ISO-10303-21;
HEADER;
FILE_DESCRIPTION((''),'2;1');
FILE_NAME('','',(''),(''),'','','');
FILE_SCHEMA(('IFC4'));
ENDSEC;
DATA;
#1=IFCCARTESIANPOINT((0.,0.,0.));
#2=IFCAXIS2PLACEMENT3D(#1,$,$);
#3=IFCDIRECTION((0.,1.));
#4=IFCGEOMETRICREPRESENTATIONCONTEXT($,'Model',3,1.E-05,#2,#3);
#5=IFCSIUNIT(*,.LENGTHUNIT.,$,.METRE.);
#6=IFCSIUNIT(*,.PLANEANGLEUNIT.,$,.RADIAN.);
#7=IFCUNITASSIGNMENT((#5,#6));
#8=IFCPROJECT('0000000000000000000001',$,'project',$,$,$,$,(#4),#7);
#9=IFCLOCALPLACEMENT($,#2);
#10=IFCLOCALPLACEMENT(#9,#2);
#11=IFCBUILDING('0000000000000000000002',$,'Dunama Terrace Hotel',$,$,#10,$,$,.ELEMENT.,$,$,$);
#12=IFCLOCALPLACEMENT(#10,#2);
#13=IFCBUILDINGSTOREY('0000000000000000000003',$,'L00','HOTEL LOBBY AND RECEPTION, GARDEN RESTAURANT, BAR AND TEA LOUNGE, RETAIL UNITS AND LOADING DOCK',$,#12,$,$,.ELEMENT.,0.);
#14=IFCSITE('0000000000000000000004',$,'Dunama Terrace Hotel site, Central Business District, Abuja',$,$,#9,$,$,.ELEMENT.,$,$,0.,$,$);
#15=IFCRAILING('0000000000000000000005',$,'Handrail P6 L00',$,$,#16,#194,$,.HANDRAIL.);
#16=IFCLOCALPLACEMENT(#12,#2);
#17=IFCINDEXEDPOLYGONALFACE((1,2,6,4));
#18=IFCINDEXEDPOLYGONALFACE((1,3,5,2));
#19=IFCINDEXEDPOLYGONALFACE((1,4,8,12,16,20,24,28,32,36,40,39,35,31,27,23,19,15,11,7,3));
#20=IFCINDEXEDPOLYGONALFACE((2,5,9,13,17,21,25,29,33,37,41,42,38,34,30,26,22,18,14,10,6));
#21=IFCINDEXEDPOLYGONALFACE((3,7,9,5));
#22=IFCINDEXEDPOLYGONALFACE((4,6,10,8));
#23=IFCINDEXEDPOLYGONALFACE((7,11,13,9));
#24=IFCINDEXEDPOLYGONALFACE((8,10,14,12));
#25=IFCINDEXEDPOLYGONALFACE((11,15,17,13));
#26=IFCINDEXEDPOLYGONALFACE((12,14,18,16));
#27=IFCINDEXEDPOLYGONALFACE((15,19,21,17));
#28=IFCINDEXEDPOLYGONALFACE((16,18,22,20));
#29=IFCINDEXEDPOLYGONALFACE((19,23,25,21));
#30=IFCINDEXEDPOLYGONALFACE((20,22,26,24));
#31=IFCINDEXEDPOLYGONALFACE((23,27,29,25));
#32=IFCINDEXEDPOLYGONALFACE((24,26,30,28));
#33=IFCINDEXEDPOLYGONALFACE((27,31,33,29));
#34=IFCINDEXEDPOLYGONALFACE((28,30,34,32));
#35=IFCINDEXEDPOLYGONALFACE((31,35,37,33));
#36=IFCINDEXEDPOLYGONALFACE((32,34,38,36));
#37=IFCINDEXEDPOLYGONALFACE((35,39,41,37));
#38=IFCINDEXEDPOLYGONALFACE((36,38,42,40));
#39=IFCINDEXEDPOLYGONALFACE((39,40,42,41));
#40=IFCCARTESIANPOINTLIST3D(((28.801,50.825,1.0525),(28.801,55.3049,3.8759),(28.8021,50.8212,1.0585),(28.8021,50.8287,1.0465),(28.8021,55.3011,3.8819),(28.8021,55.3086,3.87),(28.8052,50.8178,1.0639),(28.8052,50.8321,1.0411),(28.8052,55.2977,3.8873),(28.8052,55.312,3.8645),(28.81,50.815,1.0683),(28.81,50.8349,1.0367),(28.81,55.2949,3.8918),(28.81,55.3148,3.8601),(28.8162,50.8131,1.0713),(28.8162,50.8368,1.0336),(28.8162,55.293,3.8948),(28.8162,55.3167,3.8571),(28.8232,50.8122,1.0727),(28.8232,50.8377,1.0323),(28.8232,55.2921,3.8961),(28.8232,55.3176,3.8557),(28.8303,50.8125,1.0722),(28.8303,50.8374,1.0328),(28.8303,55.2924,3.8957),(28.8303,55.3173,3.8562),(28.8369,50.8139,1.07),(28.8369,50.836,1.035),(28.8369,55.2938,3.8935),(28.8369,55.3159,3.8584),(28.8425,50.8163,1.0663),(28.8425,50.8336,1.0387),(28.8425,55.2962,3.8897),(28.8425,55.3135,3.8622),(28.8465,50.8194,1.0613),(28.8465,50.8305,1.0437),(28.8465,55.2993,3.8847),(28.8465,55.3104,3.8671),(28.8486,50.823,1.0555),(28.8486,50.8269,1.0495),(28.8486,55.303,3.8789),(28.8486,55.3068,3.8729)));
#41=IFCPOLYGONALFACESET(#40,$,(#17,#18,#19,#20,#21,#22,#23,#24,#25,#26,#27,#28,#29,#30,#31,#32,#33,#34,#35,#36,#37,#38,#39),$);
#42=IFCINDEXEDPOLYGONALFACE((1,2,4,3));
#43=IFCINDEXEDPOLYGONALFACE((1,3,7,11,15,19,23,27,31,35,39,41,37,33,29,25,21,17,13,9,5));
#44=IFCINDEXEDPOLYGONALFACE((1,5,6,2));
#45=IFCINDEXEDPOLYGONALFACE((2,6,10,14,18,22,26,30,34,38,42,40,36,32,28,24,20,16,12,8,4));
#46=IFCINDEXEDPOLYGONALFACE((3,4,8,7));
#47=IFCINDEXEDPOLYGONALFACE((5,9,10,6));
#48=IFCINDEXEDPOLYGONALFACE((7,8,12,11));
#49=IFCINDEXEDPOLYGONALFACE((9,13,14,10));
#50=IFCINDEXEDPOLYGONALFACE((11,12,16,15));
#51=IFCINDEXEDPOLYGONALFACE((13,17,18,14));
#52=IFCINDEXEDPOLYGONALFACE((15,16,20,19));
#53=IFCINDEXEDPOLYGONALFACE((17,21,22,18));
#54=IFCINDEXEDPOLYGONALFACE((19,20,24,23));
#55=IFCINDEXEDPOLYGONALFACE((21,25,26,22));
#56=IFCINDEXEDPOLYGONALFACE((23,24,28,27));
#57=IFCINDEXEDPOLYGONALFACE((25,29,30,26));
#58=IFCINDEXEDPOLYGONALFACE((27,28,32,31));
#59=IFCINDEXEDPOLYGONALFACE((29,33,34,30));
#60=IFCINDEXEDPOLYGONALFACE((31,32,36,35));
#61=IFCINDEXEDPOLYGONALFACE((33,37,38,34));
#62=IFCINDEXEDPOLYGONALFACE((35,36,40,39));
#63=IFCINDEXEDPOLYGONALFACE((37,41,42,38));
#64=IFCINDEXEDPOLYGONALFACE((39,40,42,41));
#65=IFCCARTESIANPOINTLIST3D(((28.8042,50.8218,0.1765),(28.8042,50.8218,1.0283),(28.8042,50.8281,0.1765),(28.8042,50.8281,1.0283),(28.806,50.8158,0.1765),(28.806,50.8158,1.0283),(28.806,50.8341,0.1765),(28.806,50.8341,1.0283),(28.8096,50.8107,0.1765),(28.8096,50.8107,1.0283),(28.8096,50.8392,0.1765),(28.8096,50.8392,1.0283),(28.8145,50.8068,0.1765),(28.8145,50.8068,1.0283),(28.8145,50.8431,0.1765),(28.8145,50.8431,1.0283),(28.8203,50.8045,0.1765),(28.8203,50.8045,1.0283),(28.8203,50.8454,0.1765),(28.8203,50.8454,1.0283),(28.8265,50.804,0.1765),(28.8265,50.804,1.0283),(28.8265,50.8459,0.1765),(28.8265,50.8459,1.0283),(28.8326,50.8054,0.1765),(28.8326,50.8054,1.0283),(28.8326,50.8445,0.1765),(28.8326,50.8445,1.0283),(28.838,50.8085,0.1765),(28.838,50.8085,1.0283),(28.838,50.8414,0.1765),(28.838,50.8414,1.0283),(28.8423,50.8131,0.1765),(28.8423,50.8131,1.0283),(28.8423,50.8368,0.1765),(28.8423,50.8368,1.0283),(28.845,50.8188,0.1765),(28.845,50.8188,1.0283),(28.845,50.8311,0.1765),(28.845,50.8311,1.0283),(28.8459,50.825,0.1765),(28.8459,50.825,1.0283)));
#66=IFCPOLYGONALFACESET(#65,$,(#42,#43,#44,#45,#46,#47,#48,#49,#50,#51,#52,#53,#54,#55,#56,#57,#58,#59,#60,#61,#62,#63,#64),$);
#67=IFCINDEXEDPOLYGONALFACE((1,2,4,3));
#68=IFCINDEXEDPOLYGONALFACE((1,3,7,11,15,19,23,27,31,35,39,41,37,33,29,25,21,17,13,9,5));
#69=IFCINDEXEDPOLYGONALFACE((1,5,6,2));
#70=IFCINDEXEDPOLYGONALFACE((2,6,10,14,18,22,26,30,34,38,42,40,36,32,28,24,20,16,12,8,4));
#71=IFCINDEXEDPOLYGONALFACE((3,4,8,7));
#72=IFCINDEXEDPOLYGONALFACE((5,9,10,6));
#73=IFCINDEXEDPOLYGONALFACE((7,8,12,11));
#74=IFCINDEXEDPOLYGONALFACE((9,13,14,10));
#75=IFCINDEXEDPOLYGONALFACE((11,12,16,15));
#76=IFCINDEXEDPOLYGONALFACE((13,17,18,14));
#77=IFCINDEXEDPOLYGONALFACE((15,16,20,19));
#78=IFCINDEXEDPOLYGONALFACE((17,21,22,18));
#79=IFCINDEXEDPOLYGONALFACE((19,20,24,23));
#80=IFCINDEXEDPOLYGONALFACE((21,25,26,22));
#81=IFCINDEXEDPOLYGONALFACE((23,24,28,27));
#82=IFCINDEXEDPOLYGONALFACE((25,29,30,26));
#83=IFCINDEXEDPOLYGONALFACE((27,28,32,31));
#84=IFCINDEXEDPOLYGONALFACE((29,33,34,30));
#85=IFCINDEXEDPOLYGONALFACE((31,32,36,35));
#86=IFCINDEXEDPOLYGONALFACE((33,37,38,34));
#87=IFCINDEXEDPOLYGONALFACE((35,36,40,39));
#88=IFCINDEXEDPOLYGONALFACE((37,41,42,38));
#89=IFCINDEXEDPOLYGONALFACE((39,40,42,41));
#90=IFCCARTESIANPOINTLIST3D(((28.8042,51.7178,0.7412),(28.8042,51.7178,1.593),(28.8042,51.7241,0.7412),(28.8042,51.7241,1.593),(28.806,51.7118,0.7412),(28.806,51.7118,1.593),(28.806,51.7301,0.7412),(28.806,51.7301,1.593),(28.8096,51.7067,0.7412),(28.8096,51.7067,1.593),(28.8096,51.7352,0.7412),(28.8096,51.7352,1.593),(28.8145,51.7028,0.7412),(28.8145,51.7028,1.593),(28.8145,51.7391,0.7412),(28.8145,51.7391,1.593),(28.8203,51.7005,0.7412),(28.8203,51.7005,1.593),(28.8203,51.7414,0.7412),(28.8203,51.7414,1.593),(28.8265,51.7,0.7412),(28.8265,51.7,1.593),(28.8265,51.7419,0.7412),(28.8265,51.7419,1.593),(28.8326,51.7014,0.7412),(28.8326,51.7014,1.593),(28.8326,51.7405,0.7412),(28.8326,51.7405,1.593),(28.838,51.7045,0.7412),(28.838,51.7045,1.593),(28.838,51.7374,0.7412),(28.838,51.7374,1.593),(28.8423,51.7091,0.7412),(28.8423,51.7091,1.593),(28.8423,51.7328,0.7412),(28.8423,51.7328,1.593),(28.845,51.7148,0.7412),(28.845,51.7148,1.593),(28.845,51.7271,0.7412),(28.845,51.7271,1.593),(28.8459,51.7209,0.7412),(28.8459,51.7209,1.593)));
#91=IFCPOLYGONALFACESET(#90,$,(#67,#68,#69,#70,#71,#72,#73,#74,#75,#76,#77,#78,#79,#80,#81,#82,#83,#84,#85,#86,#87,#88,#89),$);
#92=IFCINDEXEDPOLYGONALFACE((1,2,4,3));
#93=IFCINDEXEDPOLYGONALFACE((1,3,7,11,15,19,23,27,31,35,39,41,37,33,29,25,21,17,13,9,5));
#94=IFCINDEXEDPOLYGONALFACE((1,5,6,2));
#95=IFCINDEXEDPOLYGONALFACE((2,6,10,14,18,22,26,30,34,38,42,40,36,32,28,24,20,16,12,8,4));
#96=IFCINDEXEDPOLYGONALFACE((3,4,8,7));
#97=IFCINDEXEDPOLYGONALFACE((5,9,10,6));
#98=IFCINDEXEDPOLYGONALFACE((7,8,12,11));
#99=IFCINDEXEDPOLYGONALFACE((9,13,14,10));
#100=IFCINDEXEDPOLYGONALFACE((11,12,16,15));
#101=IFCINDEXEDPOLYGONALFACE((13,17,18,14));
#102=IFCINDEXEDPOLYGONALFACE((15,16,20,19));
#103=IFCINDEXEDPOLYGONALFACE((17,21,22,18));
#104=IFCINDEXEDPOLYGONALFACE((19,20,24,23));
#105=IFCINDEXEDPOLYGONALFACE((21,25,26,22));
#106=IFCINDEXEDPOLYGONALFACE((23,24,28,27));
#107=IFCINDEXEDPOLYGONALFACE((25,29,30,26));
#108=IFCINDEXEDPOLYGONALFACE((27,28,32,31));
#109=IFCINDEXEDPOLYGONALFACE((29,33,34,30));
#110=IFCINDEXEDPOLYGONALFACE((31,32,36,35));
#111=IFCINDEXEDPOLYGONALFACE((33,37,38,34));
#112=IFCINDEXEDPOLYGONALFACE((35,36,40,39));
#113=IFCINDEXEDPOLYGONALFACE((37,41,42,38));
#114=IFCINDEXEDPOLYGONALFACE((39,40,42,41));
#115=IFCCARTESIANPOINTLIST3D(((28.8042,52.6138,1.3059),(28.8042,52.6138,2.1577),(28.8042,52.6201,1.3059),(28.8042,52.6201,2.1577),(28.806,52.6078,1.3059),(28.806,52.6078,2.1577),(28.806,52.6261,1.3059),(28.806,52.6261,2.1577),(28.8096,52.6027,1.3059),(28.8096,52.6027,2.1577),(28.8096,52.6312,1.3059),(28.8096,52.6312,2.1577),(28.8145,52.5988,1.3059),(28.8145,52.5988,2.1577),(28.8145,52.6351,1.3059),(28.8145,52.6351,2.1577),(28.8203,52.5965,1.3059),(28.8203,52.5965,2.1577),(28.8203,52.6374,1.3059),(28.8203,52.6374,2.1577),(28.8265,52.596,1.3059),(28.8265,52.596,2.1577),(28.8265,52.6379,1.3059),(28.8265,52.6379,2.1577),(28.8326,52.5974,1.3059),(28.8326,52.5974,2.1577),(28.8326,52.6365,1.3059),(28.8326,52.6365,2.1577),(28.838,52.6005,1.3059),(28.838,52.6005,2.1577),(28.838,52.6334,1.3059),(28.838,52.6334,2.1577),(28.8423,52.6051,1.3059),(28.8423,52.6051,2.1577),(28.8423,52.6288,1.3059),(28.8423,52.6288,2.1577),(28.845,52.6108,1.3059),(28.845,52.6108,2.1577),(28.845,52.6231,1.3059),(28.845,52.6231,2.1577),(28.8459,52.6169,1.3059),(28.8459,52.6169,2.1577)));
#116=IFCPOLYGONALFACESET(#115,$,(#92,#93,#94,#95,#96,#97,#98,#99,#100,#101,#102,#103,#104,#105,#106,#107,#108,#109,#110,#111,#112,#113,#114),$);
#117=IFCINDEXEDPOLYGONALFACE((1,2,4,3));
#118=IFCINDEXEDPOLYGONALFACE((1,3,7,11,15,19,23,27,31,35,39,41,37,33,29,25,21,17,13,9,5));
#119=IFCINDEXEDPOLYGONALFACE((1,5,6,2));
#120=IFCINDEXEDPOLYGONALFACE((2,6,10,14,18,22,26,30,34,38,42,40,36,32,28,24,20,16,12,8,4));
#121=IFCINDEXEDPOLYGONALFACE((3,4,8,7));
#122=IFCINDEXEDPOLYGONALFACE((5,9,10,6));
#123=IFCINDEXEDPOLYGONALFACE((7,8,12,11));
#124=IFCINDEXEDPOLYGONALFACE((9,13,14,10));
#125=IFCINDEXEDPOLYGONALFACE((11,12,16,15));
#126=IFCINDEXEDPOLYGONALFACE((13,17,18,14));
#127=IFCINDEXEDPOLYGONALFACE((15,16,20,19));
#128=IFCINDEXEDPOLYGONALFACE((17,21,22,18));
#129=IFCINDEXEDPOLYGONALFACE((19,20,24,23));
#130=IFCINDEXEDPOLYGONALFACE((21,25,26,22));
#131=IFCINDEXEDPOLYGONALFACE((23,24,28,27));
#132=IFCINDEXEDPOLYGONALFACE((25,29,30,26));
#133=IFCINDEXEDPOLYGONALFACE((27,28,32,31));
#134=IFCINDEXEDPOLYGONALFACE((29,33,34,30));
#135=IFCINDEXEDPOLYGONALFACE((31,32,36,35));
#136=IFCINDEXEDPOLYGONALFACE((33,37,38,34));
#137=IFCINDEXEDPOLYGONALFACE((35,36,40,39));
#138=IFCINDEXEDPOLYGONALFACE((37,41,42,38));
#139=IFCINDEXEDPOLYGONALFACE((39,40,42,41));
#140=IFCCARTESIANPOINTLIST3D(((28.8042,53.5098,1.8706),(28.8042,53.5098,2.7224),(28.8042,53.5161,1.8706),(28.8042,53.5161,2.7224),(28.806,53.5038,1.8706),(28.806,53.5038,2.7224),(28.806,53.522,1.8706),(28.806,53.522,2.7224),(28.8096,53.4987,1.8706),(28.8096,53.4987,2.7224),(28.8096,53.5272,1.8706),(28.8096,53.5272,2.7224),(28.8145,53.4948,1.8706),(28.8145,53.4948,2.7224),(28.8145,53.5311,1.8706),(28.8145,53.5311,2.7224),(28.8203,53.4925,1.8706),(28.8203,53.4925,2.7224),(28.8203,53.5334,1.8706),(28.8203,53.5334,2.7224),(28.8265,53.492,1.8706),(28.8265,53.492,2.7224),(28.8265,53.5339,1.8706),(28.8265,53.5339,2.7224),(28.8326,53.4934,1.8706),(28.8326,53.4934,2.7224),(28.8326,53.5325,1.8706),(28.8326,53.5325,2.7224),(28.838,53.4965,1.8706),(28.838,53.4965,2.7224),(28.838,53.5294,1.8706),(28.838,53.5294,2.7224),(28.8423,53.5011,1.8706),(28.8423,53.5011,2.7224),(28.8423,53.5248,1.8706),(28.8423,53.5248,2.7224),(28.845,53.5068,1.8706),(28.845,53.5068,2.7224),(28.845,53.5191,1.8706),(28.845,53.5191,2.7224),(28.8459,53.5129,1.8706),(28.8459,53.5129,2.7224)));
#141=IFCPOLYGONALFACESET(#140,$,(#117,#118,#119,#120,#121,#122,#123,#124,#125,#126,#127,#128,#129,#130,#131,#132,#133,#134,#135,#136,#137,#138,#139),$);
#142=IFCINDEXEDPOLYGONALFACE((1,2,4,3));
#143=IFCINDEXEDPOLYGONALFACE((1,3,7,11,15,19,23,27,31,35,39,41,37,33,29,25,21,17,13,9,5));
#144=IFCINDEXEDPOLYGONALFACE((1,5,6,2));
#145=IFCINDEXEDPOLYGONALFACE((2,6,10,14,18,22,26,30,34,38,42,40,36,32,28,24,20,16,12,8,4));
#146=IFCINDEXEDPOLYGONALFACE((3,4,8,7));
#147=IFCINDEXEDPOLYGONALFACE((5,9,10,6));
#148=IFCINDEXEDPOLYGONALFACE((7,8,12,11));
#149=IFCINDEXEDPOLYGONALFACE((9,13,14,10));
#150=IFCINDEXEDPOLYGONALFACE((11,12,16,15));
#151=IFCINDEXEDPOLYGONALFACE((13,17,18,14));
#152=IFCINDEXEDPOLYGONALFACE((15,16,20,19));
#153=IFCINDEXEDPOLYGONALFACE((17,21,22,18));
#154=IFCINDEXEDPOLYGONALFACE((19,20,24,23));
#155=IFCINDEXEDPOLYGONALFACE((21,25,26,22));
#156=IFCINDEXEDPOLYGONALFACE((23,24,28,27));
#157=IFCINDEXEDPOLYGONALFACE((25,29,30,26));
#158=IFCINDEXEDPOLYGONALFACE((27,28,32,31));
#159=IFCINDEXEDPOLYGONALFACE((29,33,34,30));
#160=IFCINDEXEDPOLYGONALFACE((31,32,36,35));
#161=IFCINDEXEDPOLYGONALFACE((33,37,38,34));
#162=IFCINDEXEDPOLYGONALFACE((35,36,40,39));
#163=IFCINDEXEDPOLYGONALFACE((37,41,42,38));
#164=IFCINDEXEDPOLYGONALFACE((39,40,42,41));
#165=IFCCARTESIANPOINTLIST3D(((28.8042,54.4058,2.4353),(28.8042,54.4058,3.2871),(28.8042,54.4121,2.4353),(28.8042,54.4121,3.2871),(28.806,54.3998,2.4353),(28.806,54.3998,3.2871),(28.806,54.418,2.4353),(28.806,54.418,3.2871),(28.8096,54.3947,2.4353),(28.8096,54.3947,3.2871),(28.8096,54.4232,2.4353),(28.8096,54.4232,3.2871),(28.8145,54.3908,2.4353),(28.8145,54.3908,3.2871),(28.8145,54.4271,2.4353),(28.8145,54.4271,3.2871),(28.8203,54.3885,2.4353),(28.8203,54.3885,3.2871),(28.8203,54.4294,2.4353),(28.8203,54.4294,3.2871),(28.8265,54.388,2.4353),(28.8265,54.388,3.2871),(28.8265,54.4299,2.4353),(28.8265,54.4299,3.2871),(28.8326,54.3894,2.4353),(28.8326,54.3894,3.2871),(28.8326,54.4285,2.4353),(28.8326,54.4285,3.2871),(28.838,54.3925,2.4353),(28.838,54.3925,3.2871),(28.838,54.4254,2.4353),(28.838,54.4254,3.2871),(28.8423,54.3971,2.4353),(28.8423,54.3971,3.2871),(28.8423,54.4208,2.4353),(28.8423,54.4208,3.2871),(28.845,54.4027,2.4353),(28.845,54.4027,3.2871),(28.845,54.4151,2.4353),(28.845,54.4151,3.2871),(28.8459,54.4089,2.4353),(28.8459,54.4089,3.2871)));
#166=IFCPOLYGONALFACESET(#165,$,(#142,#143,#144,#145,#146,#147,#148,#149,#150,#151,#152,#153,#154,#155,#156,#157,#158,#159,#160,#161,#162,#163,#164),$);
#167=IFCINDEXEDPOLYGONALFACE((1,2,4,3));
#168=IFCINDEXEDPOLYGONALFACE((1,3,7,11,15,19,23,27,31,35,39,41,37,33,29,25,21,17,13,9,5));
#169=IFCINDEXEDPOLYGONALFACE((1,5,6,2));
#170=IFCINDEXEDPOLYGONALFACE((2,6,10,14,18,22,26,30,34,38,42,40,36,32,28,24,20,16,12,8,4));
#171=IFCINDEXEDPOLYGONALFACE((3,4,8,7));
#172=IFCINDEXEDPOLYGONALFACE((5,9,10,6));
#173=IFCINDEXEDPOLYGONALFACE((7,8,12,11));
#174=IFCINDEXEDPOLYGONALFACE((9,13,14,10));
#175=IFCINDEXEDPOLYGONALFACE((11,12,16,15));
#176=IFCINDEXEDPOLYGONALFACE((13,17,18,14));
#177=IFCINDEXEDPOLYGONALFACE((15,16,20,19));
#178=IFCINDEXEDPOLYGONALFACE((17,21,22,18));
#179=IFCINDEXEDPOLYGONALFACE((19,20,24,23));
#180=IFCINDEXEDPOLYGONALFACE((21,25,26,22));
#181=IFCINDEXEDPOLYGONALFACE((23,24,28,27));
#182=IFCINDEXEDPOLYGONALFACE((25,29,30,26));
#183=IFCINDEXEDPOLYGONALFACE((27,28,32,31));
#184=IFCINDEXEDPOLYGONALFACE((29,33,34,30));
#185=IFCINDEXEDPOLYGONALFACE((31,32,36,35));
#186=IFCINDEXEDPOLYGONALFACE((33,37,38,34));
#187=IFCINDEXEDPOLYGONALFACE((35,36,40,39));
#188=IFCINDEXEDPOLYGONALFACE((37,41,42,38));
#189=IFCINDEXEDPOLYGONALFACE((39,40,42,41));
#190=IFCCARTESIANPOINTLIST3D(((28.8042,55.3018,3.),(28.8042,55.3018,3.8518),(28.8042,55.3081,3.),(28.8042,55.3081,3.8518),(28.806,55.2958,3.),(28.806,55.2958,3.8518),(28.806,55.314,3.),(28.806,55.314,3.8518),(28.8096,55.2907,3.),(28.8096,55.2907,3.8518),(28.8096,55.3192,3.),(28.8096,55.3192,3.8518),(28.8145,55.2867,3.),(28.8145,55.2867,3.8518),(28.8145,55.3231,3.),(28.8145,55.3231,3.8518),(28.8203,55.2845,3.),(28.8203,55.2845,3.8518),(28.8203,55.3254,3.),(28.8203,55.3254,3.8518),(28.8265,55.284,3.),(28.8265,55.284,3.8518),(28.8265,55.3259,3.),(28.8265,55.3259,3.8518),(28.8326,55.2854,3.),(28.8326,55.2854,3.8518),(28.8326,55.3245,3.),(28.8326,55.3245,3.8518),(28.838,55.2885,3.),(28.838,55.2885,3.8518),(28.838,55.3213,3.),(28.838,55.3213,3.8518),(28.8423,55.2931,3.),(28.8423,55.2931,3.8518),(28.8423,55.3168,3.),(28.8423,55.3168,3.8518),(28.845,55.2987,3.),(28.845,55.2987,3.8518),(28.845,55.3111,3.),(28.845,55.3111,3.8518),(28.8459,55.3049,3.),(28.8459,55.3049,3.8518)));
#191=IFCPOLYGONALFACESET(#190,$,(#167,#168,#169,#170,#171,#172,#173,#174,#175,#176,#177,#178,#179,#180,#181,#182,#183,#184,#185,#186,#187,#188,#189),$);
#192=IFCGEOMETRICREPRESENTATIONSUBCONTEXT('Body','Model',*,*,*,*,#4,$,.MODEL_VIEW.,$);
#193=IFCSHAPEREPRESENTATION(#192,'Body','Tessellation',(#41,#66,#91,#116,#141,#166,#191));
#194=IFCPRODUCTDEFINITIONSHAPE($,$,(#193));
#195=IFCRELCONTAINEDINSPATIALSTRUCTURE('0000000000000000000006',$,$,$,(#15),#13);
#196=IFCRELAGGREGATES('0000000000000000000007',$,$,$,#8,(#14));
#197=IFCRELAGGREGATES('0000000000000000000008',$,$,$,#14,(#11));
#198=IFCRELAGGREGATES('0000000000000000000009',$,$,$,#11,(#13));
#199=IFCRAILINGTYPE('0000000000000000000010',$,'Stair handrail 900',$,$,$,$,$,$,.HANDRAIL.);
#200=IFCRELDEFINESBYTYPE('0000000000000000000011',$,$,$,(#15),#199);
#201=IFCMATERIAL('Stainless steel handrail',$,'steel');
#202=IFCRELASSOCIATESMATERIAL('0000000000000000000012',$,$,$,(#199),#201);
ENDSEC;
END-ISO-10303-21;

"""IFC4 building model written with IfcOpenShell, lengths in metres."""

from ifc_helpers import new_model, si_unit, direction, frame, origin, origin_2d, place, context, subcontext, project, spatial, circle, extrude, material, type_object, element, save


model = new_model("IFC4")

# Units and contexts
model_context = context("Model", 3, precision=1e-05, world=origin(), true_north=direction((0.0, 1.0)))
body_context = subcontext(model_context, "Body", "Model", "MODEL_VIEW")
ifc_project = project(units=[si_unit("LENGTHUNIT", "METRE"), si_unit("PLANEANGLEUNIT", "RADIAN")], contexts=[model_context])

# Site, building, storey
site_placement = place(None, origin())
site = spatial("IfcSite", under=ifc_project, at=site_placement, Name="Dunama Terrace Hotel site, Central Business District, Abuja", CompositionType="ELEMENT", RefElevation=0.0)
building_placement = place(site_placement, origin())
building = spatial("IfcBuilding", under=site, at=building_placement, Name="Dunama Terrace Hotel", CompositionType="ELEMENT")
storey_placement = place(building_placement, origin())
storey = spatial("IfcBuildingStorey", under=building, at=storey_placement, Name="L00", Description="HOTEL LOBBY AND RECEPTION, GARDEN RESTAURANT, BAR AND TEA LOUNGE, RETAIL UNITS AND LOADING DOCK", CompositionType="ELEMENT", Elevation=0.0)

# Railing
ifc_material_1 = material(Name="Stainless steel handrail", Category="steel")
railing_type = type_object("IfcRailingType", Name="Stair handrail 900", PredefinedType="HANDRAIL", material=ifc_material_1)
railing_1_placement = place(storey_placement, frame((28.825, 50.825, 0.1765)))
element("IfcRailing", 1, at=railing_1_placement, inside=storey, type_object=railing_type, Name="Handrail P6 L00", PredefinedType="HANDRAIL", context=body_context, shape_type="SweptSolid", body=[
    extrude(circle(Radius=0.0239, at=origin_2d()), frame((0.0, 0.0, 0.876), z_axis=(0.0, 0.845998, 0.533186), x_axis=(-1.0, 0.0, 0.0)), (0.0, 0.0, 1.0), 5.2954),
    extrude(circle(Radius=0.021, at=origin_2d()), origin(), (0.0, 0.0, 1.0), 0.8518),
    extrude(circle(Radius=0.021, at=origin_2d()), frame((0.0, 0.896, 0.5647)), (0.0, 0.0, 1.0), 0.8518),
    extrude(circle(Radius=0.021, at=origin_2d()), frame((0.0, 1.792, 1.1294)), (0.0, 0.0, 1.0), 0.8518),
    extrude(circle(Radius=0.021, at=origin_2d()), frame((0.0, 2.688, 1.6941)), (0.0, 0.0, 1.0), 0.8518),
    extrude(circle(Radius=0.021, at=origin_2d()), frame((0.0, 3.584, 2.2588)), (0.0, 0.0, 1.0), 0.8518),
    extrude(circle(Radius=0.021, at=origin_2d()), frame((0.0, 4.48, 2.8235)), (0.0, 0.0, 1.0), 0.8518),
])

save(model, "model.ifc")
